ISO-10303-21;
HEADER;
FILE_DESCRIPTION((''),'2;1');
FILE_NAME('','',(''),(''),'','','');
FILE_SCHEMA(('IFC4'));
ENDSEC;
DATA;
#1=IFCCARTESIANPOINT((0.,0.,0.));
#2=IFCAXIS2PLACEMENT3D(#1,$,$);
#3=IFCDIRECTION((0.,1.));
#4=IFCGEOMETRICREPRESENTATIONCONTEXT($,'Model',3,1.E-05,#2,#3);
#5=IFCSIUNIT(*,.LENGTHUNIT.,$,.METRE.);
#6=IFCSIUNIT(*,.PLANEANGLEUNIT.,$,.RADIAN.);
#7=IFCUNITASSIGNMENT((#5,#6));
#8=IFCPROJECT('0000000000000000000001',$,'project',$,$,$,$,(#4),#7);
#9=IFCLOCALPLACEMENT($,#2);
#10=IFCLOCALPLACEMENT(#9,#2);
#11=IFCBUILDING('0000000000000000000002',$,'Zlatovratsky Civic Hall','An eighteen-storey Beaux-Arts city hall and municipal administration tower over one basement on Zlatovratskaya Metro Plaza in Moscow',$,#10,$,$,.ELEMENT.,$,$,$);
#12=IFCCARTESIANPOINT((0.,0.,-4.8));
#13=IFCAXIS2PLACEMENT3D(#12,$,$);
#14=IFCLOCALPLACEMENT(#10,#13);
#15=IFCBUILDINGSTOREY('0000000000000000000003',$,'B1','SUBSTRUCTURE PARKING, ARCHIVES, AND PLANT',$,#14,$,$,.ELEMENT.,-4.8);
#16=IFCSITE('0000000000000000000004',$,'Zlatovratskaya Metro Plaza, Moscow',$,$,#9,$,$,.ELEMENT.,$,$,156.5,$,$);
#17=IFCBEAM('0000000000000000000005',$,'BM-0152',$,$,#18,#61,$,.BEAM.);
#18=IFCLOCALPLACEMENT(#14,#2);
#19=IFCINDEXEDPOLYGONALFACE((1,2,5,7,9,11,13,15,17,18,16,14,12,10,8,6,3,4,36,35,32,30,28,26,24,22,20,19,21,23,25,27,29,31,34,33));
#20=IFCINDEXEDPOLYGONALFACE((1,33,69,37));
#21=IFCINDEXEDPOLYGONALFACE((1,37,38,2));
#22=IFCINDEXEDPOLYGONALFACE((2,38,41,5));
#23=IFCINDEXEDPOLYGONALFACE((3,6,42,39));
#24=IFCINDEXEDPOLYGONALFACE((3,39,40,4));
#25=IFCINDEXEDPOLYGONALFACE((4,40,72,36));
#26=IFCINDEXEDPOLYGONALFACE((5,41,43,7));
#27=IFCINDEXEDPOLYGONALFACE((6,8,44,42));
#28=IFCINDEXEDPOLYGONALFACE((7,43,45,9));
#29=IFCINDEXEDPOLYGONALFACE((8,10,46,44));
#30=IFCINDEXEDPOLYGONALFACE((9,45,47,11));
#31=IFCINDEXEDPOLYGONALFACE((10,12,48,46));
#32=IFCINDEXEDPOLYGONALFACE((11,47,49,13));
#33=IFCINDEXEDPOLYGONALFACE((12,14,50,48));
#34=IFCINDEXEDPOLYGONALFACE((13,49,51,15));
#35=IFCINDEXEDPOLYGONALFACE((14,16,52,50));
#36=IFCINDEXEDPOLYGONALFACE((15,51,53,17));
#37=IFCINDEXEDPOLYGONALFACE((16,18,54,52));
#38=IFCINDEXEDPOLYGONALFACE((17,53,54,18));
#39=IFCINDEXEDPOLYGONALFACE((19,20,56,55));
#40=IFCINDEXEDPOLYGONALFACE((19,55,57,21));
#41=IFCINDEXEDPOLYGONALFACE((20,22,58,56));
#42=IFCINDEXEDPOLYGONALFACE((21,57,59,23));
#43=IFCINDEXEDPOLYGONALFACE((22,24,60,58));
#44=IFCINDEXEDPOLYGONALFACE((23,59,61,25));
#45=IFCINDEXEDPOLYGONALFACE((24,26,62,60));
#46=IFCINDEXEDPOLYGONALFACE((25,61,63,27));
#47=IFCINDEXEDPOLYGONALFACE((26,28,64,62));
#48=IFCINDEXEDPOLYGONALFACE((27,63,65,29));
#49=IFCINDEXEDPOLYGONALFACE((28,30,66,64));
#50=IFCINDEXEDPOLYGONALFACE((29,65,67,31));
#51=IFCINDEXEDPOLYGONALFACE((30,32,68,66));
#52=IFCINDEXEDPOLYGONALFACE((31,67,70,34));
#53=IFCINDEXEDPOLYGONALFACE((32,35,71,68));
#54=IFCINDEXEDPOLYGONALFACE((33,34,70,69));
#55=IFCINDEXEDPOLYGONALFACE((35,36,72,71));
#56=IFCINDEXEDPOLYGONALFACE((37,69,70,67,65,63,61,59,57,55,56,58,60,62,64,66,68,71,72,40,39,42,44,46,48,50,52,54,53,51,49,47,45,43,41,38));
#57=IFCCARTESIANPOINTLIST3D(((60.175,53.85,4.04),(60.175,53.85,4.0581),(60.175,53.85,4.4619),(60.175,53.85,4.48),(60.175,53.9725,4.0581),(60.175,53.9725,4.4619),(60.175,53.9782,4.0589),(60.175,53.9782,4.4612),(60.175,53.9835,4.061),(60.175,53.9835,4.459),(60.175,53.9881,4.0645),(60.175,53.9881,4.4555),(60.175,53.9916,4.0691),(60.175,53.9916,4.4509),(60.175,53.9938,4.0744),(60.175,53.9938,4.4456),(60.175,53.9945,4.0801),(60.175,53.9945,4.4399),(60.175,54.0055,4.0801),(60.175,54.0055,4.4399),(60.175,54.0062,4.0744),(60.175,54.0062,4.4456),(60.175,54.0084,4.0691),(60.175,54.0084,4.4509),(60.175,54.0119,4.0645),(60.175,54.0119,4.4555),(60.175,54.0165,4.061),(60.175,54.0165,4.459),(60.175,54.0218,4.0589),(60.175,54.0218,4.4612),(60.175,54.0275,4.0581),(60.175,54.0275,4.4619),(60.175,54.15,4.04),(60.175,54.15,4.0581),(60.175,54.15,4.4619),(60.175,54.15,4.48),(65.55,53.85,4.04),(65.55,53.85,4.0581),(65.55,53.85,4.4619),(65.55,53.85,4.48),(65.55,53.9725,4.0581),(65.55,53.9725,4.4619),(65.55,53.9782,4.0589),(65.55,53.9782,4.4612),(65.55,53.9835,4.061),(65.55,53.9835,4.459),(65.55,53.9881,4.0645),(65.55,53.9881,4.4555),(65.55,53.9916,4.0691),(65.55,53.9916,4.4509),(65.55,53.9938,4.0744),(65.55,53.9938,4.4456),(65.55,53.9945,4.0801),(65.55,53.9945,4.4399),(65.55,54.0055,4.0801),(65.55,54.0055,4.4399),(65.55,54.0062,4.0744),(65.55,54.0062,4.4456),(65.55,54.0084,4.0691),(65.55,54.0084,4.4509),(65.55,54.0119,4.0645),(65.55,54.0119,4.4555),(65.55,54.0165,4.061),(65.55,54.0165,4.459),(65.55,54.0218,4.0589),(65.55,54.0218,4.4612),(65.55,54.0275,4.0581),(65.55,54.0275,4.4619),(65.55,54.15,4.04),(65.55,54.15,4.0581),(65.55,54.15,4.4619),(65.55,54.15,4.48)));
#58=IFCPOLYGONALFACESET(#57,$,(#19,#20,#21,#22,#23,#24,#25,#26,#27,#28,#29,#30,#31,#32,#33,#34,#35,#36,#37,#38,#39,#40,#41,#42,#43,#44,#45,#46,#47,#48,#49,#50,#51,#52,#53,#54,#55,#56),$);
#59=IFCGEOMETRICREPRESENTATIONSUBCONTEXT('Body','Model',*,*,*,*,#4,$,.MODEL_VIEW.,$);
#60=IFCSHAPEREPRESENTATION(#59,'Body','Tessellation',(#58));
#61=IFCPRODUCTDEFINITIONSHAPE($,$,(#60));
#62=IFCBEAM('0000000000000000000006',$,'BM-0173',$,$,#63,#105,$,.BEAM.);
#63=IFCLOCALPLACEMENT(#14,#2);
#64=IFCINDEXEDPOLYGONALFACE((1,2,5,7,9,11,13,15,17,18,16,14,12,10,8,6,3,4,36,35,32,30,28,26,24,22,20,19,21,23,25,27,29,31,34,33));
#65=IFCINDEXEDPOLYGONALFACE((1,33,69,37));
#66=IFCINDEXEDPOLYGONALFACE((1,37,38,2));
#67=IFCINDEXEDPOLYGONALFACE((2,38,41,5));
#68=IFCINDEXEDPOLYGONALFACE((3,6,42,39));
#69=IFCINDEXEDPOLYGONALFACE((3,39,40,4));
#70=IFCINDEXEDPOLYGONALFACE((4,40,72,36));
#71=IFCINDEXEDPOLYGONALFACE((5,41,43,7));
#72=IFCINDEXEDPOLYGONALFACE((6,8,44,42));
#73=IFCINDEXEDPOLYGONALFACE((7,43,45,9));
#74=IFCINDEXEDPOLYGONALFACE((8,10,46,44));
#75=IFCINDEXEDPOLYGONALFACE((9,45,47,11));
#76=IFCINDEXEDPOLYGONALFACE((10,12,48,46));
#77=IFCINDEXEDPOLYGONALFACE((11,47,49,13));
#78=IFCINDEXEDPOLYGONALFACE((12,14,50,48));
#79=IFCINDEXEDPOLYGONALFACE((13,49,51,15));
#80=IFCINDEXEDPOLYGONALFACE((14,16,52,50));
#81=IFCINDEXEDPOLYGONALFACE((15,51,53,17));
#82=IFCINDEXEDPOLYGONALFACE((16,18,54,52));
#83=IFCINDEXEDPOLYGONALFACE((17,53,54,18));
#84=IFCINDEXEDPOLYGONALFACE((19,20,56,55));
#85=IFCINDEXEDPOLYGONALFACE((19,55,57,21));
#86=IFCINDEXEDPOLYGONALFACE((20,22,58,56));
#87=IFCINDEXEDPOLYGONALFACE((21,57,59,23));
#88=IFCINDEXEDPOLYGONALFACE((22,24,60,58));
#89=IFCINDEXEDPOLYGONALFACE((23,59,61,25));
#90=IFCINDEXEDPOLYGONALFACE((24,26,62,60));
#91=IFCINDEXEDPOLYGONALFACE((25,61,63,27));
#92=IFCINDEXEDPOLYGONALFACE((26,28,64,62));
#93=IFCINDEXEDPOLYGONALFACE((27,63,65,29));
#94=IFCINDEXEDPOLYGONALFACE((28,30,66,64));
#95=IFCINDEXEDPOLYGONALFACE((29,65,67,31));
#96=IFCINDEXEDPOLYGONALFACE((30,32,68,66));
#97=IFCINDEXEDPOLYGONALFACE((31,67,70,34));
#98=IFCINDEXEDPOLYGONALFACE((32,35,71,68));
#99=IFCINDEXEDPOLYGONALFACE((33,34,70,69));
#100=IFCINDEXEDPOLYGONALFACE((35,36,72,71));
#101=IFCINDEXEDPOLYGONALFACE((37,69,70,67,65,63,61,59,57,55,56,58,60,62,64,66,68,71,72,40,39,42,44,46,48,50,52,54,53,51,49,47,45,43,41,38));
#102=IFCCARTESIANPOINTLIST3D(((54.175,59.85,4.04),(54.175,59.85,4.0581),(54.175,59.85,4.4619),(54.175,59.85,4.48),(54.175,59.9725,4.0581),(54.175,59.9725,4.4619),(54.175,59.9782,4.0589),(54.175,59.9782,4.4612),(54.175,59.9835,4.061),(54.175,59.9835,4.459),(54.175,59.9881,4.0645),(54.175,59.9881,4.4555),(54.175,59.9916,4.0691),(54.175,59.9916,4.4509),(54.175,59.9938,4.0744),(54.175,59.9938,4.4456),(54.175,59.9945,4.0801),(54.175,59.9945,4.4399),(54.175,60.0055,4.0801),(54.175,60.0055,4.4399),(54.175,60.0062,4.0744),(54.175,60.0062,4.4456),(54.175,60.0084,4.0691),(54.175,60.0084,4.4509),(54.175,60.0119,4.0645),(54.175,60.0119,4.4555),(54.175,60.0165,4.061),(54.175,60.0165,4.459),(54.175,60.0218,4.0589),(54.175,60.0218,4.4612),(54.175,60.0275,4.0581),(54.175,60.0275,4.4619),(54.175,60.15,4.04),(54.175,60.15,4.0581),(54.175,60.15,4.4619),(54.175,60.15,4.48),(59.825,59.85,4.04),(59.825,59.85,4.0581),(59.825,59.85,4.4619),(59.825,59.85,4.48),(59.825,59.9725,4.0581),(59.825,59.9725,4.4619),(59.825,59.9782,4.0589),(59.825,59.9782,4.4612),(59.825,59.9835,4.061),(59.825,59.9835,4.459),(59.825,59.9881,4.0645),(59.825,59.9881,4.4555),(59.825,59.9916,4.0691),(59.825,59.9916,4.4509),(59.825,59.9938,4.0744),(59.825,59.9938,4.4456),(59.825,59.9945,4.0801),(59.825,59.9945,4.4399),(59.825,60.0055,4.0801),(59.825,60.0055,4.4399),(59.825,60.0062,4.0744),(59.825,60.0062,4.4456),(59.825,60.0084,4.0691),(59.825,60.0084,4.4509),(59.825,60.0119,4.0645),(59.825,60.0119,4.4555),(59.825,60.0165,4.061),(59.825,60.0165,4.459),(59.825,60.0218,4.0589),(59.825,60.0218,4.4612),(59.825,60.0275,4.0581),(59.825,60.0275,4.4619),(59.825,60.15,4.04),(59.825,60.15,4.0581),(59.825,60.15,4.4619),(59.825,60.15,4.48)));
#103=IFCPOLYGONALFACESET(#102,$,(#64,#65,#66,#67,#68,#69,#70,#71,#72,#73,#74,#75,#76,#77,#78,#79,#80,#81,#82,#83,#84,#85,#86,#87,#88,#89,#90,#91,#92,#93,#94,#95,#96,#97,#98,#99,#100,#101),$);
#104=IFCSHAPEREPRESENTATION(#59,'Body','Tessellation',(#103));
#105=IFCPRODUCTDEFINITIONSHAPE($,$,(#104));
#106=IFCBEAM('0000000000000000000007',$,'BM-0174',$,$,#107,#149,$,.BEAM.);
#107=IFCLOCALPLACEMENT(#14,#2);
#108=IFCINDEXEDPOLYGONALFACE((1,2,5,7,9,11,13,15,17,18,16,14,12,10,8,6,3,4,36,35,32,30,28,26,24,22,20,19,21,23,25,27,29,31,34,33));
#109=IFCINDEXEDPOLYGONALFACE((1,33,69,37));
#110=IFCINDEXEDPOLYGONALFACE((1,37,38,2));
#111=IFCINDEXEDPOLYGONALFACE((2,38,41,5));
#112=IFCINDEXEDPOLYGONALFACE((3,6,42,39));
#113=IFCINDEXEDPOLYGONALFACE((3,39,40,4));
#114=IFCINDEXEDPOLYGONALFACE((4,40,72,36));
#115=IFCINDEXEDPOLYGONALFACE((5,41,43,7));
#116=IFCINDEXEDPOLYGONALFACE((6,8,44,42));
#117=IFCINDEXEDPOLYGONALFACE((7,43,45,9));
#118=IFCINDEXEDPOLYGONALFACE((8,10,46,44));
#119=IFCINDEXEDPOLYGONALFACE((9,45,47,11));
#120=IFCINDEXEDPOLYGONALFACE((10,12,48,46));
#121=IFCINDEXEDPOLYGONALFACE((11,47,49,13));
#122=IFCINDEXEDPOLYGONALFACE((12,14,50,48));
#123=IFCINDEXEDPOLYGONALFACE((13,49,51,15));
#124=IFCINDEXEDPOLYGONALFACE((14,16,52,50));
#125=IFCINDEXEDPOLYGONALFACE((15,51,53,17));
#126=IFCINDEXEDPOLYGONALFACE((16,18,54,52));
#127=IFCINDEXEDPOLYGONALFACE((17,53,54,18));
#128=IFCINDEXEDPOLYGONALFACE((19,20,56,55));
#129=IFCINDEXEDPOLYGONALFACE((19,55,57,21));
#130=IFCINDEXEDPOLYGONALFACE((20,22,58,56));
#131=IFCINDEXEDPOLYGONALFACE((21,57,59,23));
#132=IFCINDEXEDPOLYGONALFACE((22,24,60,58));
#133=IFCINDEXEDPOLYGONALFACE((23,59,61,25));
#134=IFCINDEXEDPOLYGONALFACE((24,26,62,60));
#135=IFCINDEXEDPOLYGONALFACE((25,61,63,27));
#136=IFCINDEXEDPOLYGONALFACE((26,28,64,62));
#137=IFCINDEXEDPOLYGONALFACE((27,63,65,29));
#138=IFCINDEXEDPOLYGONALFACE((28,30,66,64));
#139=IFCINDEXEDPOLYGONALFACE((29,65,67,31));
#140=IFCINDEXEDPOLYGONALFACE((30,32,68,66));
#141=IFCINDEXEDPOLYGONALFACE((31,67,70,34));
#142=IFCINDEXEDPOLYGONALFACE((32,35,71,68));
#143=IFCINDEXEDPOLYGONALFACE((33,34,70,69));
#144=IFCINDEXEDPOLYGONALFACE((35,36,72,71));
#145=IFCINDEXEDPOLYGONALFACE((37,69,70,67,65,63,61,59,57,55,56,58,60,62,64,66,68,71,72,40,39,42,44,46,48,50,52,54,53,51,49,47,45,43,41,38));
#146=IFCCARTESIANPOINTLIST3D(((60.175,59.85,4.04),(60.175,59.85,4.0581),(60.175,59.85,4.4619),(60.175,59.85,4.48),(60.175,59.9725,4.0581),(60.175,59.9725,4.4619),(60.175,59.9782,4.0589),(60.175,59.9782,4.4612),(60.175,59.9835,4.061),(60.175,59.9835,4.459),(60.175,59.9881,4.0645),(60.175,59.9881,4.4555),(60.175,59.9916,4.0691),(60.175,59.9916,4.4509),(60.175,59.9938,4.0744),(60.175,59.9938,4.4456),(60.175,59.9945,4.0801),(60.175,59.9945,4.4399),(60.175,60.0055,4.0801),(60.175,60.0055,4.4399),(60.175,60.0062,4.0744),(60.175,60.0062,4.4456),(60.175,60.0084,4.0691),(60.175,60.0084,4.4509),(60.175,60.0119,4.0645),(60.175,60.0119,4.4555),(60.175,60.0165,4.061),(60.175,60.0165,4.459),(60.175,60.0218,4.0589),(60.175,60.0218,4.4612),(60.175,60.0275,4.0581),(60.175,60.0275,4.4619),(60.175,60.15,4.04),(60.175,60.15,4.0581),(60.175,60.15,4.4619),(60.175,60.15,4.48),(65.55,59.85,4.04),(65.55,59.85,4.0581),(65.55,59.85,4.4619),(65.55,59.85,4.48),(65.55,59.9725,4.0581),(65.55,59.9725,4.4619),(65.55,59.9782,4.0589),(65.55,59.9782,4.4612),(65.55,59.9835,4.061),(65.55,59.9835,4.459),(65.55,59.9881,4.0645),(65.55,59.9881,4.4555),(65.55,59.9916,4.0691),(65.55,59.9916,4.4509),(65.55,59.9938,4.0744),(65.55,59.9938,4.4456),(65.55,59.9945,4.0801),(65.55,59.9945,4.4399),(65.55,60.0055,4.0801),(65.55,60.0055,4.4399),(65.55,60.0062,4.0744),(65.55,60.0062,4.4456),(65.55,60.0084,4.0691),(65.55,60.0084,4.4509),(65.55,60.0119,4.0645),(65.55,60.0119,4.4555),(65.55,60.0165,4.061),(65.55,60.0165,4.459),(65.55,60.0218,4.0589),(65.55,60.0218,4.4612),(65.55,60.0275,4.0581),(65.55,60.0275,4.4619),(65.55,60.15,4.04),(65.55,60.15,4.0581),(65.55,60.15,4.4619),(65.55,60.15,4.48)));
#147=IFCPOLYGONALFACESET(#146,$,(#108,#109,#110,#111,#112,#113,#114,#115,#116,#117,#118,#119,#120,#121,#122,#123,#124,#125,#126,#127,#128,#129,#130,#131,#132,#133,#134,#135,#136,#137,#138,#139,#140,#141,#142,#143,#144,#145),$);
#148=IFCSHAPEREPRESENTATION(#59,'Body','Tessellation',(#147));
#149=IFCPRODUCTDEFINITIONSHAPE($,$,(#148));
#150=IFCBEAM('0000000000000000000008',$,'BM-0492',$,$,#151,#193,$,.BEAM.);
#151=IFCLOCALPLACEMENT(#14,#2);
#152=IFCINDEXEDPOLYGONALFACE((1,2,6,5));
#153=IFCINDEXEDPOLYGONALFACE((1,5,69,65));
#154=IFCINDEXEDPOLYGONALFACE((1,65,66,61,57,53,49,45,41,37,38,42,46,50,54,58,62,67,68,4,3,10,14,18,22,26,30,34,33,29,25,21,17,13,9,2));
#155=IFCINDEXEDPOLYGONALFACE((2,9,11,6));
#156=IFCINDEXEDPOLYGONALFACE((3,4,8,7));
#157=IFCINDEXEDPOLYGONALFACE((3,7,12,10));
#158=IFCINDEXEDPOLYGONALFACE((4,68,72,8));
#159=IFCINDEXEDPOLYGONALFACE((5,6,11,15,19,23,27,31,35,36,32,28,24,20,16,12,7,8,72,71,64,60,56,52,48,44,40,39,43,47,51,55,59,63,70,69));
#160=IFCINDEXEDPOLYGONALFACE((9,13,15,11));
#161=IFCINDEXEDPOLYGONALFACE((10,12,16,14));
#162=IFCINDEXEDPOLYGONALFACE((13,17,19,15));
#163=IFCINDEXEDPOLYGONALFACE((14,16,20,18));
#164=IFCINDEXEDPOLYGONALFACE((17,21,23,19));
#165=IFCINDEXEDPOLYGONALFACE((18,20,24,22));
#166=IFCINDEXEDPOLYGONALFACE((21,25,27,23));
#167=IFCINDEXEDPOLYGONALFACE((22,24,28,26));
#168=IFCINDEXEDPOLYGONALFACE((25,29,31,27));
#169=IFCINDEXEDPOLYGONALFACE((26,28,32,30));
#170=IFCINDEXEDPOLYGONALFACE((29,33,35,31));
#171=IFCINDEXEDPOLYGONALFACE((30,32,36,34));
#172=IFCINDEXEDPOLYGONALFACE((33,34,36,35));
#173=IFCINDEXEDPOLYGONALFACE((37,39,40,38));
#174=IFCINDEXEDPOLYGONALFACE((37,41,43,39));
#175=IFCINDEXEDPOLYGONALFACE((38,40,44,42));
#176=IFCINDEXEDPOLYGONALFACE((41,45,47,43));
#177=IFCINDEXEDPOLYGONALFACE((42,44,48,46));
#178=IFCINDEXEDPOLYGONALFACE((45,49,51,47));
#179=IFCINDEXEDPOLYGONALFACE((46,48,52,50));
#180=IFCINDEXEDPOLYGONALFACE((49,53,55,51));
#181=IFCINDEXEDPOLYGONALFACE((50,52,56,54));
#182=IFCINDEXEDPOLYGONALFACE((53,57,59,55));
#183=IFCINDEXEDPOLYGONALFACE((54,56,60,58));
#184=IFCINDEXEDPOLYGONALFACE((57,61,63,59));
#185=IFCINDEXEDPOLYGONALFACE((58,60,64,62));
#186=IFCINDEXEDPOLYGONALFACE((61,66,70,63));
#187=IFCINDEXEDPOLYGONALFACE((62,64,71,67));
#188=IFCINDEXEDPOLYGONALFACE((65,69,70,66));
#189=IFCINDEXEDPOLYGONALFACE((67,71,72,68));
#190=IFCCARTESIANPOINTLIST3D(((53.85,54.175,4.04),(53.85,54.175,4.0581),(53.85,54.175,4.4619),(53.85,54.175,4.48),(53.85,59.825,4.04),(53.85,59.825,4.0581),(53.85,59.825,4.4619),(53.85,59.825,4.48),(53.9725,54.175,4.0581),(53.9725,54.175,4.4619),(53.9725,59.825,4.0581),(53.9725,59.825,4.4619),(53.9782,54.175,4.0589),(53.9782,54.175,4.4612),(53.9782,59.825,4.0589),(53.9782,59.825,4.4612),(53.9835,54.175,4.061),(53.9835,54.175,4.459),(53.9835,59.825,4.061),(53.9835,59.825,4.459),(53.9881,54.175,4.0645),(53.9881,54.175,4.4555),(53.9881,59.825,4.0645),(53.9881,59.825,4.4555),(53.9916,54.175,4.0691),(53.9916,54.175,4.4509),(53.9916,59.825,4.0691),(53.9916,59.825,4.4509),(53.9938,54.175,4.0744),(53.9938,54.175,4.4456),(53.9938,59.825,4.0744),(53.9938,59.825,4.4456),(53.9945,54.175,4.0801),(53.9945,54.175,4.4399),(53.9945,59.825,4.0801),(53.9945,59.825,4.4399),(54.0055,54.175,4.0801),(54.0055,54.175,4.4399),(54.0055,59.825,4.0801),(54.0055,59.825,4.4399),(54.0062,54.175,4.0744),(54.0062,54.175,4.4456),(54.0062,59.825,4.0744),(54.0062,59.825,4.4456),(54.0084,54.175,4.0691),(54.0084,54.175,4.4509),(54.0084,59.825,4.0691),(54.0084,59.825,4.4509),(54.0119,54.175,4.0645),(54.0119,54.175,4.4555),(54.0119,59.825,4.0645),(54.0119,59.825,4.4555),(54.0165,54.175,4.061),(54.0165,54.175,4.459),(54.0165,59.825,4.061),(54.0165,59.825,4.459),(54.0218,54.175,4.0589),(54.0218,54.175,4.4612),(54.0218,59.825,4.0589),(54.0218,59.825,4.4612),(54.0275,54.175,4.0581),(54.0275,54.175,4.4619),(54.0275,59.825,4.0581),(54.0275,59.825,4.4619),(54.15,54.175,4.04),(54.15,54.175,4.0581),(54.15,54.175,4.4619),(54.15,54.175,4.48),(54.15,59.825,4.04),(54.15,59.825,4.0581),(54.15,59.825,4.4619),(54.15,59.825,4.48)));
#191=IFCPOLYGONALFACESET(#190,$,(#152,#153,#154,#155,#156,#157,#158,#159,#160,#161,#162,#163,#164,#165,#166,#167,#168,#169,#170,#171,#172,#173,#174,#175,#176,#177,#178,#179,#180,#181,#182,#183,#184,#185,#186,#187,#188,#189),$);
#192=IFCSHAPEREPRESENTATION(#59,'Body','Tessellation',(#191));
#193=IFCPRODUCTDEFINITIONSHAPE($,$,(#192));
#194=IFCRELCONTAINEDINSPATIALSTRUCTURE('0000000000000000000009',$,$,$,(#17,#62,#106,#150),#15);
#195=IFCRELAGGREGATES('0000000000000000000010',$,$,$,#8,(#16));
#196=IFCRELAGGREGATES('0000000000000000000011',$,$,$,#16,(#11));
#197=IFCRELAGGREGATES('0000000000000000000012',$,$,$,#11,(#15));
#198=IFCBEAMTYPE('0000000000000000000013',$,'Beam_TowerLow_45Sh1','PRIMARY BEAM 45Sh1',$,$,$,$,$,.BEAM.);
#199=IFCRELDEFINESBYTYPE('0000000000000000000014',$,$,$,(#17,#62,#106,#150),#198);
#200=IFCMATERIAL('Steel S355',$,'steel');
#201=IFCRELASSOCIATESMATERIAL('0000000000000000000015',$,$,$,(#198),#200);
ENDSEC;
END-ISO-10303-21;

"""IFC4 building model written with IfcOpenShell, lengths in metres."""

from ifc_helpers import new_model, si_unit, direction, frame, origin, origin_2d, place, context, subcontext, project, spatial, i_section, extrude, material, material_profile, profile_set, type_object, element, save


model = new_model("IFC4")

# Units and contexts
model_context = context("Model", 3, precision=1e-05, world=origin(), true_north=direction((0.0, 1.0)))
body_context = subcontext(model_context, "Body", "Model", "MODEL_VIEW")
ifc_project = project(units=[si_unit("LENGTHUNIT", "METRE"), si_unit("PLANEANGLEUNIT", "RADIAN")], contexts=[model_context])

# Site, building, storey
site_placement = place(None, origin())
site = spatial("IfcSite", under=ifc_project, at=site_placement, Name="Zlatovratskaya Metro Plaza, Moscow", CompositionType="ELEMENT", RefElevation=156.5)
building_placement = place(site_placement, origin())
building = spatial("IfcBuilding", under=site, at=building_placement, Name="Zlatovratsky Civic Hall", Description="An eighteen-storey Beaux-Arts city hall and municipal administration tower over one basement on Zlatovratskaya Metro Plaza in Moscow", CompositionType="ELEMENT")
storey_placement = place(building_placement, frame((0.0, 0.0, -4.8)))
storey = spatial("IfcBuildingStorey", under=building, at=storey_placement, Name="B1", Description="SUBSTRUCTURE PARKING, ARCHIVES, AND PLANT", CompositionType="ELEMENT", Elevation=-4.8)

# Shared definitions
ifc_material_1 = material(Name="Steel S355", Category="steel")

# Beams
ifc_material_profile_1 = material_profile(ifc_material_1, i_section(OverallWidth=0.3, OverallDepth=0.4399, WebThickness=0.011, FlangeThickness=0.0181, FilletRadius=0.022, at=origin_2d()), Name="45Sh1")
ifc_profile_set_1 = profile_set([ifc_material_profile_1], Name="Steel S355")
beam_type = type_object("IfcBeamType", Name="Beam_TowerLow_45Sh1", Description="PRIMARY BEAM 45Sh1", PredefinedType="BEAM", material=ifc_profile_set_1)
beam_1_placement = place(storey_placement, frame((60.175, 54.0, 4.26), z_axis=(1.0, 0.0, 0.0), x_axis=(0.0, 1.0, 0.0)))
element("IfcBeam", 1, at=beam_1_placement, inside=storey, type_object=beam_type, Name="BM-0152", PredefinedType="BEAM", context=body_context, shape_type="SweptSolid", body=[
    extrude(i_section(OverallWidth=0.3, OverallDepth=0.4399, WebThickness=0.011, FlangeThickness=0.0181, FilletRadius=0.022, at=origin_2d()), origin(), (0.0, 0.0, 1.0), 5.375),
])
beam_2_placement = place(storey_placement, frame((54.175, 60.0, 4.26), z_axis=(1.0, 0.0, 0.0), x_axis=(0.0, 1.0, 0.0)))
element("IfcBeam", 2, at=beam_2_placement, inside=storey, type_object=beam_type, Name="BM-0173", PredefinedType="BEAM", context=body_context, shape_type="SweptSolid", body=[
    extrude(i_section(OverallWidth=0.3, OverallDepth=0.4399, WebThickness=0.011, FlangeThickness=0.0181, FilletRadius=0.022, at=origin_2d()), origin(), (0.0, 0.0, 1.0), 5.6499),
])
beam_3_placement = place(storey_placement, frame((60.175, 60.0, 4.26), z_axis=(1.0, 0.0, 0.0), x_axis=(0.0, 1.0, 0.0)))
element("IfcBeam", 3, at=beam_3_placement, inside=storey, type_object=beam_type, Name="BM-0174", PredefinedType="BEAM", context=body_context, shape_type="SweptSolid", body=[
    extrude(i_section(OverallWidth=0.3, OverallDepth=0.4399, WebThickness=0.011, FlangeThickness=0.0181, FilletRadius=0.022, at=origin_2d()), origin(), (0.0, 0.0, 1.0), 5.375),
])
for number, where, z_axis, x_axis, name in (
    (4, (54.0, 54.175, 4.26), (0.0, 1.0, 0.0), (-1.0, 0.0, 0.0), "BM-0492"),
):
    element("IfcBeam", number, at=place(storey_placement, frame(where, z_axis=z_axis, x_axis=x_axis)), inside=storey, type_object=beam_type, Name=name, PredefinedType="BEAM", context=body_context, shape_type="SweptSolid", body=[
        extrude(i_section(OverallWidth=0.3, OverallDepth=0.4399, WebThickness=0.011, FlangeThickness=0.0181, FilletRadius=0.022, at=origin_2d()), origin(), (0.0, 0.0, 1.0), 5.6499),
    ])

save(model, "model.ifc")
